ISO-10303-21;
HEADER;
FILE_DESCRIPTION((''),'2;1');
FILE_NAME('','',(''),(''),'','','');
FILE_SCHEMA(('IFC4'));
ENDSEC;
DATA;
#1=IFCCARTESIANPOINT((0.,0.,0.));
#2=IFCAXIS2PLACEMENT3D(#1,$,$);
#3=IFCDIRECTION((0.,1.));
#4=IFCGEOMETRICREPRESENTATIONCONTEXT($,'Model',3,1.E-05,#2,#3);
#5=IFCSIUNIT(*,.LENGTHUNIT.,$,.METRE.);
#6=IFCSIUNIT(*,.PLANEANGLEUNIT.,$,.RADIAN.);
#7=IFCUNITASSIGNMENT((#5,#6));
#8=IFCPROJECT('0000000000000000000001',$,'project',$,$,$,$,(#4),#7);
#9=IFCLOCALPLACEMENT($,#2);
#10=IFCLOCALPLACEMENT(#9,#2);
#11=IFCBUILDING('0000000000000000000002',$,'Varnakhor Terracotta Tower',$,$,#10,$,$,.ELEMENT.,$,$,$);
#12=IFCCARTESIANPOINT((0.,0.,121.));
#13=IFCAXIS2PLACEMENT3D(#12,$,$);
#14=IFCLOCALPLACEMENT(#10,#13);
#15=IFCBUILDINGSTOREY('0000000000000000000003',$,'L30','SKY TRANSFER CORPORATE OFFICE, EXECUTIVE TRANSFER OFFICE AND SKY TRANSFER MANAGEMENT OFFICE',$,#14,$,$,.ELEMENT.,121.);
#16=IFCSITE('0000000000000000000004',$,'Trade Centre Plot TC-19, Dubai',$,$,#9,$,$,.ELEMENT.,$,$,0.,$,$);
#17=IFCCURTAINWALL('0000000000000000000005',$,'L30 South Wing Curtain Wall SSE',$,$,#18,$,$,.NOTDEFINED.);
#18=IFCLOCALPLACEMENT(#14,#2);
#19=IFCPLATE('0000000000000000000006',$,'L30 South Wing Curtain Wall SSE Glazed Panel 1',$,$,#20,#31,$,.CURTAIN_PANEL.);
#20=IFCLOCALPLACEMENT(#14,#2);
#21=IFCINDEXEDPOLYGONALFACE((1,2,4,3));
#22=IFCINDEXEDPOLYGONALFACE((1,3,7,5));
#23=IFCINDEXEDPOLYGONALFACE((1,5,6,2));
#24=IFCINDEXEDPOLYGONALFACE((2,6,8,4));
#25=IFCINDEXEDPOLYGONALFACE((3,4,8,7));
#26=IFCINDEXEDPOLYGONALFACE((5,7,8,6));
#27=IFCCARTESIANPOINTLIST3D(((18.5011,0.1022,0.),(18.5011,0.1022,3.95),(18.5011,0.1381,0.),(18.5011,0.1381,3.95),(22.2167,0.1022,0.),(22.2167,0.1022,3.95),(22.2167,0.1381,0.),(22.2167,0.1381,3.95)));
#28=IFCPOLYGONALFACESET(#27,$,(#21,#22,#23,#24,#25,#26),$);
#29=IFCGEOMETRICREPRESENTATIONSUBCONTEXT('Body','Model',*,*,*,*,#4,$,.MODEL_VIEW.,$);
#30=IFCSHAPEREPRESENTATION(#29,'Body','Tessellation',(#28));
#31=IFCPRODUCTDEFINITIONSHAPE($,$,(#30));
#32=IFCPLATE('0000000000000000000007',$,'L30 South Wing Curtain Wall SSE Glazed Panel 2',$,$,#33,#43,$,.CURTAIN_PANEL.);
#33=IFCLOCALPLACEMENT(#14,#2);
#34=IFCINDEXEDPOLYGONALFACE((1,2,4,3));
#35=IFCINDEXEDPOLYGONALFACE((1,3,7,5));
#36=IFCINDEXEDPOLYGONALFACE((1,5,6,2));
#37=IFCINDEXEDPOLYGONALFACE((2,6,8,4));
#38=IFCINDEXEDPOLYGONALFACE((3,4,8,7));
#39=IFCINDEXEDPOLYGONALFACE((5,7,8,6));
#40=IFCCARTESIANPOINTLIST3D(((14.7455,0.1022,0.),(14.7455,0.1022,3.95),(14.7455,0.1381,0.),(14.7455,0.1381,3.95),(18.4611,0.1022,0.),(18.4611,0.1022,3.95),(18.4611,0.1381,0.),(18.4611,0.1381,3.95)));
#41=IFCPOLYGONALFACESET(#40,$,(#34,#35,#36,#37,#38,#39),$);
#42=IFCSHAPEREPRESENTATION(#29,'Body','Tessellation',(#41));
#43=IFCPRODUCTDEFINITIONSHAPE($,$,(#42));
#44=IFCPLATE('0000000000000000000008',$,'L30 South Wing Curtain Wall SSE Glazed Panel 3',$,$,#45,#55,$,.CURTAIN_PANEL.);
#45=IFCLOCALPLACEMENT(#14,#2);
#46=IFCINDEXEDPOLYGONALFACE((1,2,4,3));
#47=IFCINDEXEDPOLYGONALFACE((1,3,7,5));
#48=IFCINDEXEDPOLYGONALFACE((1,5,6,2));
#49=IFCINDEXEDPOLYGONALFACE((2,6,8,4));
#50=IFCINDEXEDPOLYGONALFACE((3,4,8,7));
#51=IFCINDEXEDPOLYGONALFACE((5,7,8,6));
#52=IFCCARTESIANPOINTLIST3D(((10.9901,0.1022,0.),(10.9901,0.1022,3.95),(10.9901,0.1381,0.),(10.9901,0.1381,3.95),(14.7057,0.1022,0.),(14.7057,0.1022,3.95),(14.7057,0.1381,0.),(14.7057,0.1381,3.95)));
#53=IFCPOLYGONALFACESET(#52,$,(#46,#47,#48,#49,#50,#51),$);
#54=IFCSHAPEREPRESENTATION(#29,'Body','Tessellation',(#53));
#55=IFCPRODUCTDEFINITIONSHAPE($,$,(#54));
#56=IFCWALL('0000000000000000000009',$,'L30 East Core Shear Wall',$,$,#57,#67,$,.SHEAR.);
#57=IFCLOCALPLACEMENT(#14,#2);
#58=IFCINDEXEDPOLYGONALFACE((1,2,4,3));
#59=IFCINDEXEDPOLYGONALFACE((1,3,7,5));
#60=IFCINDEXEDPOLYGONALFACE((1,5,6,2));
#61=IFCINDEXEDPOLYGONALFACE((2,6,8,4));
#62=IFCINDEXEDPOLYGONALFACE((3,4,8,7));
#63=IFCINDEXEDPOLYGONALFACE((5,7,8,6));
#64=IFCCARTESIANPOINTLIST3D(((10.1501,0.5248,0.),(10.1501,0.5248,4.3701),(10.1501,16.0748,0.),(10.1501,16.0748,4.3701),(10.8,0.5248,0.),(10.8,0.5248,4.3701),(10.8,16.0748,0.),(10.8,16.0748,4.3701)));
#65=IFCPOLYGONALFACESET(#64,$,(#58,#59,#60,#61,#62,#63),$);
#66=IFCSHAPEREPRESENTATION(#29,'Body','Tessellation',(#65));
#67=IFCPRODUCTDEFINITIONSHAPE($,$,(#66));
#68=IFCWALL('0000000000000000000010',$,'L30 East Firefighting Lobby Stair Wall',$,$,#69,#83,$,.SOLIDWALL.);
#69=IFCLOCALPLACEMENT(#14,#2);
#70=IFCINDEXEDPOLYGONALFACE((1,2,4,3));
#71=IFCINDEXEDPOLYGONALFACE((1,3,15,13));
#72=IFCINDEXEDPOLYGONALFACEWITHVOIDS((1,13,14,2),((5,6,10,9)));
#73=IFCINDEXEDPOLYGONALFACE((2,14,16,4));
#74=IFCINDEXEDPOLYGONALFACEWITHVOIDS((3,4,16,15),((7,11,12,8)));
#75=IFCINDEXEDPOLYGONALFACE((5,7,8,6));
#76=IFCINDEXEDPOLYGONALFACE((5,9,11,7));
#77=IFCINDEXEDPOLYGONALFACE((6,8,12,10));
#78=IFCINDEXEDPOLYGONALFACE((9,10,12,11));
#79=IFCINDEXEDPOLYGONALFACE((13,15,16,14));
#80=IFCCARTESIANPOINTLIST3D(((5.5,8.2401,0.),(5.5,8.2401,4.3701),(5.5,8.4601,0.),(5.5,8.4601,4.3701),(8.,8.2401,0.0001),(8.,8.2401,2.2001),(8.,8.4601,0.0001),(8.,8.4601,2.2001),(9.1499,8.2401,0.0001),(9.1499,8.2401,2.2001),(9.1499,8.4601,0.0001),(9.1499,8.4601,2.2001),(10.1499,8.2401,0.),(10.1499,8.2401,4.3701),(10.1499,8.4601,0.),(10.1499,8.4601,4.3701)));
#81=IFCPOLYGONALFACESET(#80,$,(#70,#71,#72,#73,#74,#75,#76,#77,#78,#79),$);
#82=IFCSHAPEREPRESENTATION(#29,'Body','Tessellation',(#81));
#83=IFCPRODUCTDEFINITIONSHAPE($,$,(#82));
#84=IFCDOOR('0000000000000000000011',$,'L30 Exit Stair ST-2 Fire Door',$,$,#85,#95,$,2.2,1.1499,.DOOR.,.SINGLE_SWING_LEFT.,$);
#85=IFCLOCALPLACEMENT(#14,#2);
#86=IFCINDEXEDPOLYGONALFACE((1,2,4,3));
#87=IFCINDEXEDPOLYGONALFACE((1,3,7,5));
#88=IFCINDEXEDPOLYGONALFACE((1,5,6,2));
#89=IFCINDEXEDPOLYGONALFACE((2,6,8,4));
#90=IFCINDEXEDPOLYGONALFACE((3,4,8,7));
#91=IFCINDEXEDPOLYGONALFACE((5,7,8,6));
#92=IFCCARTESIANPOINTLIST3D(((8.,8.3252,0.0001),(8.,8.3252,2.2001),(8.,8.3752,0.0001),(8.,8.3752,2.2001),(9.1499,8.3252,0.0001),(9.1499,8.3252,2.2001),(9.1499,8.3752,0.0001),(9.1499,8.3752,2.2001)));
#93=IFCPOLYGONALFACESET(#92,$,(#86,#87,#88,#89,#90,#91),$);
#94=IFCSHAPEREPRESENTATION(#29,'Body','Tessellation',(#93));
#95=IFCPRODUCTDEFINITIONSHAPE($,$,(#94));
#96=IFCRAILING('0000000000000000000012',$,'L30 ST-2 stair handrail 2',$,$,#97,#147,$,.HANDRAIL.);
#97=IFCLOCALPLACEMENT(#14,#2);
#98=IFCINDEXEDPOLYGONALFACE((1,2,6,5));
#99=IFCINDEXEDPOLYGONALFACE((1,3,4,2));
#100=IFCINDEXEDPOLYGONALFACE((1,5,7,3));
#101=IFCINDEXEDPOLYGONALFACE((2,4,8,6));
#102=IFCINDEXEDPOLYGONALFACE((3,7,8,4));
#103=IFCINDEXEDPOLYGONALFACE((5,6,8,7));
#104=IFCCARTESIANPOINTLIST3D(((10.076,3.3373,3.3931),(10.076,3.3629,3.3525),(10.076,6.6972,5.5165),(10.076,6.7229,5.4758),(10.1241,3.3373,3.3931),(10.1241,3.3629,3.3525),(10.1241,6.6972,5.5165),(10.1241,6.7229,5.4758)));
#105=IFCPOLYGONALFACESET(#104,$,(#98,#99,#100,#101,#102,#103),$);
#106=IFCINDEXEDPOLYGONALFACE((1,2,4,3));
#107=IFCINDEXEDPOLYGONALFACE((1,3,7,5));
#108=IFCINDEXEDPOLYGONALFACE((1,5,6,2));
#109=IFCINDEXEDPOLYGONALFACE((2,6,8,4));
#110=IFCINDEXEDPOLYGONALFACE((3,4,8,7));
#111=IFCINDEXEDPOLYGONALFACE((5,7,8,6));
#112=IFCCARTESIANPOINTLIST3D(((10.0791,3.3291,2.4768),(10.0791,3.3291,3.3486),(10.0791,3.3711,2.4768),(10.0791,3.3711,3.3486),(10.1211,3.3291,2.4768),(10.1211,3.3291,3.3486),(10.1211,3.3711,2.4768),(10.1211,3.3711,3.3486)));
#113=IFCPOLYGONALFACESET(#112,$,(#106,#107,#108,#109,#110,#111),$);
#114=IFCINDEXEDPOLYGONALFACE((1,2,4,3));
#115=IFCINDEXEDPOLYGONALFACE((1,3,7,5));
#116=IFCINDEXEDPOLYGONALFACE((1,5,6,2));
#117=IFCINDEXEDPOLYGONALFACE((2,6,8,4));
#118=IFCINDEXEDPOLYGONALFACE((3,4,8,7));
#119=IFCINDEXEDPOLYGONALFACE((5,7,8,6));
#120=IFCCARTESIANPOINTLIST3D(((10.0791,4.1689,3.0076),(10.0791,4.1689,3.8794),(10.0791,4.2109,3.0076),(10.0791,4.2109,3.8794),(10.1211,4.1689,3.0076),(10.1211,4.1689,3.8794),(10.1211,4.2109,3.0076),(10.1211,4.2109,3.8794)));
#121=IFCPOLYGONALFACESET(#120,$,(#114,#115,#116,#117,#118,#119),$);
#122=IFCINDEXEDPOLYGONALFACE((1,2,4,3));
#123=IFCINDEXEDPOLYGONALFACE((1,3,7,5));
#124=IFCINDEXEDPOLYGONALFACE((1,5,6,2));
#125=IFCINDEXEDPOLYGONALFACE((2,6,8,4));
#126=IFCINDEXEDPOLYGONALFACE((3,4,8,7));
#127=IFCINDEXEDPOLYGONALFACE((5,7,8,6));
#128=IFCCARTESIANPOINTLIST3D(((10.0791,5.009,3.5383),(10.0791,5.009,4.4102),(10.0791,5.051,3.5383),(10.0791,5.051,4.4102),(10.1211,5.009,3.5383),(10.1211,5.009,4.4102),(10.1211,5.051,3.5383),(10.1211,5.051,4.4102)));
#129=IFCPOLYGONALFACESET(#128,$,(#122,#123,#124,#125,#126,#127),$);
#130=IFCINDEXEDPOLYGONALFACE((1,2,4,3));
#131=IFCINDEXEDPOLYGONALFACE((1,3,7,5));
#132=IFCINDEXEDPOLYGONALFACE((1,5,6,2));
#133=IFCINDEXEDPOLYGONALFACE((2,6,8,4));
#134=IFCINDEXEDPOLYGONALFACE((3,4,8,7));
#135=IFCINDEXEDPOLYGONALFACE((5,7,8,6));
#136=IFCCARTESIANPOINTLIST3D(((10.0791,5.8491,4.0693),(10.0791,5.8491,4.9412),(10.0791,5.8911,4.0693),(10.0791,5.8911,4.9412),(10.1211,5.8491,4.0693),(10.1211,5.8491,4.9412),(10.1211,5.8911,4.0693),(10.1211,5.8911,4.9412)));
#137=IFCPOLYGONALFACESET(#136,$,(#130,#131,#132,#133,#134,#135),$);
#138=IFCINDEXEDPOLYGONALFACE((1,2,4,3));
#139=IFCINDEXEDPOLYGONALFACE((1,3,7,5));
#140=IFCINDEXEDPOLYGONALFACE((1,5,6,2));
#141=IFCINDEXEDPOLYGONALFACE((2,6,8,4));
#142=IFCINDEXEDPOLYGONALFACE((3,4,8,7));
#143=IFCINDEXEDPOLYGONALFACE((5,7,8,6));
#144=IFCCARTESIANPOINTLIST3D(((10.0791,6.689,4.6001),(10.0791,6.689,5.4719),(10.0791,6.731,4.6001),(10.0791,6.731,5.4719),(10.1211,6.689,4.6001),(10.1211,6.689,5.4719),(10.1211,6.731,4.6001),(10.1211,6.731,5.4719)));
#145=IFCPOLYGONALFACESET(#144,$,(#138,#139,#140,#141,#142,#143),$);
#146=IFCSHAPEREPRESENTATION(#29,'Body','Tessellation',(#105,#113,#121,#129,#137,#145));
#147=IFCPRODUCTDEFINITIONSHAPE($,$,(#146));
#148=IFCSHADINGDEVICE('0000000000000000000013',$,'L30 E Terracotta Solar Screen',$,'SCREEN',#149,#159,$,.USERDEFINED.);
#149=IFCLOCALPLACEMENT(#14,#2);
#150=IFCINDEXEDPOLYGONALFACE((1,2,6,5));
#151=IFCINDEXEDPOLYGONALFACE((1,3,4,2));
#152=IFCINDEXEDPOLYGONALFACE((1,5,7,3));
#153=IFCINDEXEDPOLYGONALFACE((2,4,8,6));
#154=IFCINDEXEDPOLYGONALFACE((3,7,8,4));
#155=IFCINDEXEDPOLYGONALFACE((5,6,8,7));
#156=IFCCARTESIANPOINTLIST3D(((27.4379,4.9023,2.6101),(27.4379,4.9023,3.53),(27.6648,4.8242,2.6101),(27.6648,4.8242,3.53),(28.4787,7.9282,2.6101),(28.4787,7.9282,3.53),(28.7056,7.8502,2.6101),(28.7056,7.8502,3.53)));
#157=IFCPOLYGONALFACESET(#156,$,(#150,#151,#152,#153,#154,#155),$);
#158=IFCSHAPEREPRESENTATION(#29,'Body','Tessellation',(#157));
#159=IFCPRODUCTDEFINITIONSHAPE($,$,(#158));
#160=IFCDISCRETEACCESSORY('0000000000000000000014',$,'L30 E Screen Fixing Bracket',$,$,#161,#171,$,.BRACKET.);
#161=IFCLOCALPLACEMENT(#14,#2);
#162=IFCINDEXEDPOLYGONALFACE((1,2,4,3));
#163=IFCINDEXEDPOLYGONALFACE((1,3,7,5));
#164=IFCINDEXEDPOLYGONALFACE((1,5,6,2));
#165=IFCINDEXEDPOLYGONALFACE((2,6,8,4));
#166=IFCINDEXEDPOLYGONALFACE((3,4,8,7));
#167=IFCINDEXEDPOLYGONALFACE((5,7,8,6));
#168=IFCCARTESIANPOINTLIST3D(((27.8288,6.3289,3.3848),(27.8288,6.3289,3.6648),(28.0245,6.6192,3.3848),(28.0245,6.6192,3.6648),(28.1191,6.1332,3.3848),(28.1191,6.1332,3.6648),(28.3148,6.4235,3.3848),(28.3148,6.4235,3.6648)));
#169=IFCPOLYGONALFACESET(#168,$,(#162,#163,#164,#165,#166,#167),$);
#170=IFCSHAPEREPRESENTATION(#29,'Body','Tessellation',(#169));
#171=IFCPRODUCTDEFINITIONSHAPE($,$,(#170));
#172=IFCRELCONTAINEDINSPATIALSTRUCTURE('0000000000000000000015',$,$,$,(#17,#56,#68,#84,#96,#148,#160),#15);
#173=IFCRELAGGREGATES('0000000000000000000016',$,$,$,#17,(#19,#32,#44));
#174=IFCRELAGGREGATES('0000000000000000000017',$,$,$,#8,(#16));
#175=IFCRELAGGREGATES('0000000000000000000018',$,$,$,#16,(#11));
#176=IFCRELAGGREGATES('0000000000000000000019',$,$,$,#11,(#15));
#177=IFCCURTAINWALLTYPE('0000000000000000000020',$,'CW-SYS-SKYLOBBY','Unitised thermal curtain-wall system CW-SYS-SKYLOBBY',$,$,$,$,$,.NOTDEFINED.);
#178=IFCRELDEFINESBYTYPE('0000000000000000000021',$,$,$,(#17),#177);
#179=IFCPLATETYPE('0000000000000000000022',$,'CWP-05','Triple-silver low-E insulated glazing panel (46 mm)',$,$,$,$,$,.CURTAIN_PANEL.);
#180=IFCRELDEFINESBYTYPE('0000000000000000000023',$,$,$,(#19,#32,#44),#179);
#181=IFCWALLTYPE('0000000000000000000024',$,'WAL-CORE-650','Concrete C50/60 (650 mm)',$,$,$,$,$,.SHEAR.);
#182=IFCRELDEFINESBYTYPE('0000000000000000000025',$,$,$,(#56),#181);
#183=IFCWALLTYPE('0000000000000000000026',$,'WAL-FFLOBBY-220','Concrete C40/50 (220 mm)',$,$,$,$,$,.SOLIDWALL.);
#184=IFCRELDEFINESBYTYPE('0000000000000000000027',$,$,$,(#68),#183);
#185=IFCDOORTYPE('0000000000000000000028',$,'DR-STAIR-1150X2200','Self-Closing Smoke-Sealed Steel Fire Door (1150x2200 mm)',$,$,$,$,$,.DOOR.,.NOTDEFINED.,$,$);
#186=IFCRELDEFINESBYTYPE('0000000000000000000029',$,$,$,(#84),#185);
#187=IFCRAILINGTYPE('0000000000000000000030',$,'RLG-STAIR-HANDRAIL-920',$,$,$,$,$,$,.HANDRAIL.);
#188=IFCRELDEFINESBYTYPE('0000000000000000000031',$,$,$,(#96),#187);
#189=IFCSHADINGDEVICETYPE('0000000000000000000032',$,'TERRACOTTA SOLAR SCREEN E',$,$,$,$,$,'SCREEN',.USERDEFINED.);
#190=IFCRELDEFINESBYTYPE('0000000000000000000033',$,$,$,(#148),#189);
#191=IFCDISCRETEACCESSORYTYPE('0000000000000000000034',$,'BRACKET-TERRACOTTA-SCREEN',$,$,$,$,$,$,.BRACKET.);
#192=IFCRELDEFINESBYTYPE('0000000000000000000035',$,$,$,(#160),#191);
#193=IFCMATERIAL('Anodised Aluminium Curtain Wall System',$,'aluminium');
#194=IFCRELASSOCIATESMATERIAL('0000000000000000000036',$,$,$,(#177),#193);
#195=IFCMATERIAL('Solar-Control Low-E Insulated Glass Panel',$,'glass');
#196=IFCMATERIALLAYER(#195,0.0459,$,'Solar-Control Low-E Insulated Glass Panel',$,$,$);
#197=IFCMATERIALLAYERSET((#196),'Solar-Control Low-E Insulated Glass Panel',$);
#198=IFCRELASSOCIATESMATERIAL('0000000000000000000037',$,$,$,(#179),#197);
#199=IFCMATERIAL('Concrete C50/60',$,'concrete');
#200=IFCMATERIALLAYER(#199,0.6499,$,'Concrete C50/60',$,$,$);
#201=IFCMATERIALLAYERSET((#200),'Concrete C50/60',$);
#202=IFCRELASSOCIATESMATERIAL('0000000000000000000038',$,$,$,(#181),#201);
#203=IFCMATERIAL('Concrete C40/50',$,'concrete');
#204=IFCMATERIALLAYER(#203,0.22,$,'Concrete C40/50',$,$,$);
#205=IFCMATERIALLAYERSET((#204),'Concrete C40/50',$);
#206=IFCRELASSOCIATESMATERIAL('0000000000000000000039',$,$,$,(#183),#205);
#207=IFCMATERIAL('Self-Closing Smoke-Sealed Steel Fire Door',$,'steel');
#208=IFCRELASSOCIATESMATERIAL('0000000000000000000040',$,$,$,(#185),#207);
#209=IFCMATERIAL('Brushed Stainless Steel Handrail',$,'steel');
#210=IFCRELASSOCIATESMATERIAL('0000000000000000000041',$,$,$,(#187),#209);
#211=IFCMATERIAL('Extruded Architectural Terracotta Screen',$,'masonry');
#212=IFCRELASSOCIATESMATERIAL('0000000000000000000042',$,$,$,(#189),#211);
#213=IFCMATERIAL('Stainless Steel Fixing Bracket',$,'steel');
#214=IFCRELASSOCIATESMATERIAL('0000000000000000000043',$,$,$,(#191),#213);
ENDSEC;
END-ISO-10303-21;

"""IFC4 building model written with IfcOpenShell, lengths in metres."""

from ifc_helpers import new_model, si_unit, direction, frame, frame_2d, origin, origin_2d, place, context, subcontext, project, spatial, rectangle, extrude, source, transform, mapped, material, layer, layer_set, type_object, type_shapes, element, fill, aggregate, save


model = new_model("IFC4")

# Units and contexts
model_context = context("Model", 3, precision=1e-05, world=origin(), true_north=direction((0.0, 1.0)))
body_context = subcontext(model_context, "Body", "Model", "MODEL_VIEW")
ifc_project = project(units=[si_unit("LENGTHUNIT", "METRE"), si_unit("PLANEANGLEUNIT", "RADIAN")], contexts=[model_context])

# Site, building, storey
site_placement = place(None, origin())
site = spatial("IfcSite", under=ifc_project, at=site_placement, Name="Trade Centre Plot TC-19, Dubai", CompositionType="ELEMENT", RefElevation=0.0)
building_placement = place(site_placement, origin())
building = spatial("IfcBuilding", under=site, at=building_placement, Name="Varnakhor Terracotta Tower", CompositionType="ELEMENT")
storey_placement = place(building_placement, frame((0.0, 0.0, 121.0)))
storey = spatial("IfcBuildingStorey", under=building, at=storey_placement, Name="L30", Description="SKY TRANSFER CORPORATE OFFICE, EXECUTIVE TRANSFER OFFICE AND SKY TRANSFER MANAGEMENT OFFICE", CompositionType="ELEMENT", Elevation=121.0)

# Shared definitions
ifc_material_1 = material(Name="Concrete C50/60", Category="concrete")

# Curtain wall
ifc_material_2 = material(Name="Anodised Aluminium Curtain Wall System", Category="aluminium")
curtain_wall_type = type_object("IfcCurtainWallType", Name="CW-SYS-SKYLOBBY", Description="Unitised thermal curtain-wall system CW-SYS-SKYLOBBY", PredefinedType="NOTDEFINED", material=ifc_material_2)
curtain_wall_1_placement = place(storey_placement, origin())
curtain_wall_1 = element("IfcCurtainWall", 1, at=curtain_wall_1_placement, inside=storey, type_object=curtain_wall_type, Name="L30 South Wing Curtain Wall SSE", PredefinedType="NOTDEFINED")

# Shared definitions
ifc_material_3 = material(Name="Solar-Control Low-E Insulated Glass Panel", Category="glass")
ifc_layer_1 = layer(ifc_material_3, 0.0459, Name="Solar-Control Low-E Insulated Glass Panel")
ifc_layer_set_1 = layer_set([ifc_layer_1], Name="Solar-Control Low-E Insulated Glass Panel")
plate_type_1 = type_object("IfcPlateType", Name="CWP-05", Description="Triple-silver low-E insulated glazing panel (46 mm)", PredefinedType="CURTAIN_PANEL", material=ifc_layer_set_1)

# Plates
shared_shape_1 = source(origin(), body_context, "Body", "SweptSolid", [
    extrude(rectangle(XDim=3.7156, YDim=0.0359, at=origin_2d()), origin(), (0.0, 0.0, 1.0), 3.95),
])
plate_1_placement = place(storey_placement, frame((20.3589, 0.1201, 0.0), z_axis=(0.0, 0.0, 1.0), x_axis=(-1.0, 0.0, 0.0)))
plate_1 = element("IfcPlate", 2, at=plate_1_placement, type_object=plate_type_1, Name="L30 South Wing Curtain Wall SSE Glazed Panel 1", PredefinedType="CURTAIN_PANEL", context=body_context, shape_type="MappedRepresentation", body=[
    mapped(shared_shape_1, transform((0.0, 0.0, 0.0), scale=1.0)),
])
plate_2_placement = place(storey_placement, frame((16.6033, 0.1201, 0.0), z_axis=(0.0, 0.0, 1.0), x_axis=(-1.0, 0.0, 0.0)))
plate_2 = element("IfcPlate", 3, at=plate_2_placement, type_object=plate_type_1, Name="L30 South Wing Curtain Wall SSE Glazed Panel 2", PredefinedType="CURTAIN_PANEL", context=body_context, shape_type="MappedRepresentation", body=[
    mapped(shared_shape_1, transform((0.0, 0.0, 0.0), scale=1.0)),
])
plate_3_placement = place(storey_placement, frame((12.8479, 0.1201, 0.0), z_axis=(0.0, 0.0, 1.0), x_axis=(-1.0, 0.0, 0.0)))
plate_3 = element("IfcPlate", 4, at=plate_3_placement, type_object=plate_type_1, Name="L30 South Wing Curtain Wall SSE Glazed Panel 3", PredefinedType="CURTAIN_PANEL", context=body_context, shape_type="MappedRepresentation", body=[
    mapped(shared_shape_1, transform((0.0, 0.0, 0.0), scale=1.0)),
])
aggregate(curtain_wall_1, [plate_1, plate_2, plate_3])

# Wall
ifc_layer_2 = layer(ifc_material_1, 0.6499, Name="Concrete C50/60")
ifc_layer_set_2 = layer_set([ifc_layer_2], Name="Concrete C50/60")
wall_type_1 = type_object("IfcWallType", Name="WAL-CORE-650", Description="Concrete C50/60 (650 mm)", PredefinedType="SHEAR", material=ifc_layer_set_2)
wall_1_placement = place(storey_placement, frame((10.4751, 0.5249, 0.0), z_axis=(0.0, 0.0, 1.0), x_axis=(0.0, 1.0, 0.0)))
element("IfcWall", 5, at=wall_1_placement, inside=storey, type_object=wall_type_1, Name="L30 East Core Shear Wall", PredefinedType="SHEAR", context=body_context, shape_type="SweptSolid", body=[
    extrude(rectangle(XDim=15.55, YDim=0.6499, at=frame_2d((7.7749, 0.0))), origin(), (0.0, 0.0, 1.0), 4.3701),
])

# Wall, opening, door
ifc_material_4 = material(Name="Concrete C40/50", Category="concrete")
ifc_layer_3 = layer(ifc_material_4, 0.22, Name="Concrete C40/50")
ifc_layer_set_3 = layer_set([ifc_layer_3], Name="Concrete C40/50")
wall_type_2 = type_object("IfcWallType", Name="WAL-FFLOBBY-220", Description="Concrete C40/50 (220 mm)", PredefinedType="SOLIDWALL", material=ifc_layer_set_3)
wall_2_placement = place(storey_placement, frame((10.1499, 8.3501, 0.0), z_axis=(0.0, 0.0, 1.0), x_axis=(-1.0, 0.0, 0.0)))
wall_2 = element("IfcWall", 6, at=wall_2_placement, inside=storey, type_object=wall_type_2, Name="L30 East Firefighting Lobby Stair Wall", PredefinedType="SOLIDWALL", context=body_context, shape_type="SweptSolid", body=[
    extrude(rectangle(XDim=4.6499, YDim=0.22, at=frame_2d((2.325, 0.0))), origin(), (0.0, 0.0, 1.0), 4.3701),
])
opening_placement = place(wall_2_placement, frame((1.0, 0.0, 0.0)))
opening = element("IfcOpeningElement", 7, at=opening_placement, cuts=wall_2, PredefinedType="OPENING", context=body_context, shape_type="SweptSolid", body=[
    extrude(rectangle(XDim=1.1499, YDim=2.2, at=frame_2d((0.575, 1.1001))), frame((0.0, 0.1201, 0.0), z_axis=(0.0, -1.0, 0.0), x_axis=(1.0, 0.0, 0.0)), (0.0, 0.0, 1.0), 0.24),
])
ifc_material_5 = material(Name="Self-Closing Smoke-Sealed Steel Fire Door", Category="steel")
door_type = type_object("IfcDoorType", Name="DR-STAIR-1150X2200", Description="Self-Closing Smoke-Sealed Steel Fire Door (1150x2200 mm)", OperationType="NOTDEFINED", PredefinedType="DOOR", material=ifc_material_5)
shared_shape_2 = source(origin(), body_context, "Body", "SweptSolid", [
    extrude(rectangle(XDim=1.1499, YDim=2.2, at=frame_2d((0.575, 1.1001))), frame((0.0, 0.0249, 0.0), z_axis=(0.0, -1.0, 0.0), x_axis=(1.0, 0.0, 0.0)), (0.0, 0.0, 1.0), 0.05),
])
type_shapes(door_type, [shared_shape_2])
door_placement = place(opening_placement, origin())
door = element("IfcDoor", 8, at=door_placement, inside=storey, type_object=door_type, Name="L30 Exit Stair ST-2 Fire Door", OperationType="SINGLE_SWING_LEFT", OverallHeight=2.2, OverallWidth=1.1499, PredefinedType="DOOR", context=body_context, shape_type="MappedRepresentation", body=[
    mapped(shared_shape_2, transform((0.0, 0.0, 0.0), scale=1.0)),
])
fill(opening, door)

# Railing
ifc_material_6 = material(Name="Brushed Stainless Steel Handrail", Category="steel")
railing_type = type_object("IfcRailingType", Name="RLG-STAIR-HANDRAIL-920", PredefinedType="HANDRAIL", material=ifc_material_6)
railing_placement = place(storey_placement, frame((10.1001, 3.3501, 2.4768)))
element("IfcRailing", 9, at=railing_placement, inside=storey, type_object=railing_type, Name="L30 ST-2 stair handrail 2", PredefinedType="HANDRAIL", context=body_context, shape_type="SweptSolid", body=[
    extrude(rectangle(XDim=0.0481, YDim=0.0481, at=origin_2d()), frame((0.0, 0.0, 0.896), z_axis=(0.0, 0.845344, 0.534222), x_axis=(-1.0, 0.0, 0.0)), (0.0, 0.0, 1.0), 3.9746),
    extrude(rectangle(XDim=0.042, YDim=0.042, at=origin_2d()), origin(), (0.0, 0.0, 1.0), 0.8718),
    extrude(rectangle(XDim=0.042, YDim=0.042, at=origin_2d()), frame((0.0, 0.8398, 0.5308)), (0.0, 0.0, 1.0), 0.8718),
    extrude(rectangle(XDim=0.042, YDim=0.042, at=origin_2d()), frame((0.0, 1.6799, 1.0615)), (0.0, 0.0, 1.0), 0.8718),
    extrude(rectangle(XDim=0.042, YDim=0.042, at=origin_2d()), frame((0.0, 2.52, 1.5925)), (0.0, 0.0, 1.0), 0.8718),
    extrude(rectangle(XDim=0.042, YDim=0.042, at=origin_2d()), frame((0.0, 3.3599, 2.1233)), (0.0, 0.0, 1.0), 0.8718),
])

# Shading device
ifc_material_7 = material(Name="Extruded Architectural Terracotta Screen", Category="masonry")
shading_device_type = type_object("IfcShadingDeviceType", Name="TERRACOTTA SOLAR SCREEN E", ElementType="SCREEN", PredefinedType="USERDEFINED", material=ifc_material_7)
shared_shape_3 = source(origin(), body_context, "Body", "SweptSolid", [
    extrude(rectangle(XDim=3.2, YDim=0.24, at=origin_2d()), origin(), (0.0, 0.0, 1.0), 0.9199),
])
type_shapes(shading_device_type, [shared_shape_3])
shading_device_placement = place(storey_placement, frame((28.0718, 6.3762, 2.6101), z_axis=(0.0, 0.0, 1.0), x_axis=(0.325255, 0.945626, 0.0)))
element("IfcShadingDevice", 10, at=shading_device_placement, inside=storey, type_object=shading_device_type, Name="L30 E Terracotta Solar Screen", ObjectType="SCREEN", PredefinedType="USERDEFINED", context=body_context, shape_type="MappedRepresentation", body=[
    mapped(shared_shape_3, transform((0.0, 0.0, 0.0), scale=1.0)),
])

# Discrete accessory
ifc_material_8 = material(Name="Stainless Steel Fixing Bracket", Category="steel")
discrete_accessory_type = type_object("IfcDiscreteAccessoryType", Name="BRACKET-TERRACOTTA-SCREEN", PredefinedType="BRACKET", material=ifc_material_8)
shared_shape_4 = source(origin(), body_context, "Body", "SweptSolid", [
    extrude(rectangle(XDim=0.3501, YDim=0.3501, at=origin_2d()), origin(), (0.0, 0.0, 1.0), 0.28),
])
type_shapes(discrete_accessory_type, [shared_shape_4])
discrete_accessory_placement = place(storey_placement, frame((28.0718, 6.3762, 3.3848), z_axis=(0.0, 0.0, 1.0), x_axis=(0.558918, 0.829223, 0.0)))
element("IfcDiscreteAccessory", 11, at=discrete_accessory_placement, inside=storey, type_object=discrete_accessory_type, Name="L30 E Screen Fixing Bracket", PredefinedType="BRACKET", context=body_context, shape_type="MappedRepresentation", body=[
    mapped(shared_shape_4, transform((0.0, 0.0, 0.0), scale=1.0)),
])

save(model, "model.ifc")
